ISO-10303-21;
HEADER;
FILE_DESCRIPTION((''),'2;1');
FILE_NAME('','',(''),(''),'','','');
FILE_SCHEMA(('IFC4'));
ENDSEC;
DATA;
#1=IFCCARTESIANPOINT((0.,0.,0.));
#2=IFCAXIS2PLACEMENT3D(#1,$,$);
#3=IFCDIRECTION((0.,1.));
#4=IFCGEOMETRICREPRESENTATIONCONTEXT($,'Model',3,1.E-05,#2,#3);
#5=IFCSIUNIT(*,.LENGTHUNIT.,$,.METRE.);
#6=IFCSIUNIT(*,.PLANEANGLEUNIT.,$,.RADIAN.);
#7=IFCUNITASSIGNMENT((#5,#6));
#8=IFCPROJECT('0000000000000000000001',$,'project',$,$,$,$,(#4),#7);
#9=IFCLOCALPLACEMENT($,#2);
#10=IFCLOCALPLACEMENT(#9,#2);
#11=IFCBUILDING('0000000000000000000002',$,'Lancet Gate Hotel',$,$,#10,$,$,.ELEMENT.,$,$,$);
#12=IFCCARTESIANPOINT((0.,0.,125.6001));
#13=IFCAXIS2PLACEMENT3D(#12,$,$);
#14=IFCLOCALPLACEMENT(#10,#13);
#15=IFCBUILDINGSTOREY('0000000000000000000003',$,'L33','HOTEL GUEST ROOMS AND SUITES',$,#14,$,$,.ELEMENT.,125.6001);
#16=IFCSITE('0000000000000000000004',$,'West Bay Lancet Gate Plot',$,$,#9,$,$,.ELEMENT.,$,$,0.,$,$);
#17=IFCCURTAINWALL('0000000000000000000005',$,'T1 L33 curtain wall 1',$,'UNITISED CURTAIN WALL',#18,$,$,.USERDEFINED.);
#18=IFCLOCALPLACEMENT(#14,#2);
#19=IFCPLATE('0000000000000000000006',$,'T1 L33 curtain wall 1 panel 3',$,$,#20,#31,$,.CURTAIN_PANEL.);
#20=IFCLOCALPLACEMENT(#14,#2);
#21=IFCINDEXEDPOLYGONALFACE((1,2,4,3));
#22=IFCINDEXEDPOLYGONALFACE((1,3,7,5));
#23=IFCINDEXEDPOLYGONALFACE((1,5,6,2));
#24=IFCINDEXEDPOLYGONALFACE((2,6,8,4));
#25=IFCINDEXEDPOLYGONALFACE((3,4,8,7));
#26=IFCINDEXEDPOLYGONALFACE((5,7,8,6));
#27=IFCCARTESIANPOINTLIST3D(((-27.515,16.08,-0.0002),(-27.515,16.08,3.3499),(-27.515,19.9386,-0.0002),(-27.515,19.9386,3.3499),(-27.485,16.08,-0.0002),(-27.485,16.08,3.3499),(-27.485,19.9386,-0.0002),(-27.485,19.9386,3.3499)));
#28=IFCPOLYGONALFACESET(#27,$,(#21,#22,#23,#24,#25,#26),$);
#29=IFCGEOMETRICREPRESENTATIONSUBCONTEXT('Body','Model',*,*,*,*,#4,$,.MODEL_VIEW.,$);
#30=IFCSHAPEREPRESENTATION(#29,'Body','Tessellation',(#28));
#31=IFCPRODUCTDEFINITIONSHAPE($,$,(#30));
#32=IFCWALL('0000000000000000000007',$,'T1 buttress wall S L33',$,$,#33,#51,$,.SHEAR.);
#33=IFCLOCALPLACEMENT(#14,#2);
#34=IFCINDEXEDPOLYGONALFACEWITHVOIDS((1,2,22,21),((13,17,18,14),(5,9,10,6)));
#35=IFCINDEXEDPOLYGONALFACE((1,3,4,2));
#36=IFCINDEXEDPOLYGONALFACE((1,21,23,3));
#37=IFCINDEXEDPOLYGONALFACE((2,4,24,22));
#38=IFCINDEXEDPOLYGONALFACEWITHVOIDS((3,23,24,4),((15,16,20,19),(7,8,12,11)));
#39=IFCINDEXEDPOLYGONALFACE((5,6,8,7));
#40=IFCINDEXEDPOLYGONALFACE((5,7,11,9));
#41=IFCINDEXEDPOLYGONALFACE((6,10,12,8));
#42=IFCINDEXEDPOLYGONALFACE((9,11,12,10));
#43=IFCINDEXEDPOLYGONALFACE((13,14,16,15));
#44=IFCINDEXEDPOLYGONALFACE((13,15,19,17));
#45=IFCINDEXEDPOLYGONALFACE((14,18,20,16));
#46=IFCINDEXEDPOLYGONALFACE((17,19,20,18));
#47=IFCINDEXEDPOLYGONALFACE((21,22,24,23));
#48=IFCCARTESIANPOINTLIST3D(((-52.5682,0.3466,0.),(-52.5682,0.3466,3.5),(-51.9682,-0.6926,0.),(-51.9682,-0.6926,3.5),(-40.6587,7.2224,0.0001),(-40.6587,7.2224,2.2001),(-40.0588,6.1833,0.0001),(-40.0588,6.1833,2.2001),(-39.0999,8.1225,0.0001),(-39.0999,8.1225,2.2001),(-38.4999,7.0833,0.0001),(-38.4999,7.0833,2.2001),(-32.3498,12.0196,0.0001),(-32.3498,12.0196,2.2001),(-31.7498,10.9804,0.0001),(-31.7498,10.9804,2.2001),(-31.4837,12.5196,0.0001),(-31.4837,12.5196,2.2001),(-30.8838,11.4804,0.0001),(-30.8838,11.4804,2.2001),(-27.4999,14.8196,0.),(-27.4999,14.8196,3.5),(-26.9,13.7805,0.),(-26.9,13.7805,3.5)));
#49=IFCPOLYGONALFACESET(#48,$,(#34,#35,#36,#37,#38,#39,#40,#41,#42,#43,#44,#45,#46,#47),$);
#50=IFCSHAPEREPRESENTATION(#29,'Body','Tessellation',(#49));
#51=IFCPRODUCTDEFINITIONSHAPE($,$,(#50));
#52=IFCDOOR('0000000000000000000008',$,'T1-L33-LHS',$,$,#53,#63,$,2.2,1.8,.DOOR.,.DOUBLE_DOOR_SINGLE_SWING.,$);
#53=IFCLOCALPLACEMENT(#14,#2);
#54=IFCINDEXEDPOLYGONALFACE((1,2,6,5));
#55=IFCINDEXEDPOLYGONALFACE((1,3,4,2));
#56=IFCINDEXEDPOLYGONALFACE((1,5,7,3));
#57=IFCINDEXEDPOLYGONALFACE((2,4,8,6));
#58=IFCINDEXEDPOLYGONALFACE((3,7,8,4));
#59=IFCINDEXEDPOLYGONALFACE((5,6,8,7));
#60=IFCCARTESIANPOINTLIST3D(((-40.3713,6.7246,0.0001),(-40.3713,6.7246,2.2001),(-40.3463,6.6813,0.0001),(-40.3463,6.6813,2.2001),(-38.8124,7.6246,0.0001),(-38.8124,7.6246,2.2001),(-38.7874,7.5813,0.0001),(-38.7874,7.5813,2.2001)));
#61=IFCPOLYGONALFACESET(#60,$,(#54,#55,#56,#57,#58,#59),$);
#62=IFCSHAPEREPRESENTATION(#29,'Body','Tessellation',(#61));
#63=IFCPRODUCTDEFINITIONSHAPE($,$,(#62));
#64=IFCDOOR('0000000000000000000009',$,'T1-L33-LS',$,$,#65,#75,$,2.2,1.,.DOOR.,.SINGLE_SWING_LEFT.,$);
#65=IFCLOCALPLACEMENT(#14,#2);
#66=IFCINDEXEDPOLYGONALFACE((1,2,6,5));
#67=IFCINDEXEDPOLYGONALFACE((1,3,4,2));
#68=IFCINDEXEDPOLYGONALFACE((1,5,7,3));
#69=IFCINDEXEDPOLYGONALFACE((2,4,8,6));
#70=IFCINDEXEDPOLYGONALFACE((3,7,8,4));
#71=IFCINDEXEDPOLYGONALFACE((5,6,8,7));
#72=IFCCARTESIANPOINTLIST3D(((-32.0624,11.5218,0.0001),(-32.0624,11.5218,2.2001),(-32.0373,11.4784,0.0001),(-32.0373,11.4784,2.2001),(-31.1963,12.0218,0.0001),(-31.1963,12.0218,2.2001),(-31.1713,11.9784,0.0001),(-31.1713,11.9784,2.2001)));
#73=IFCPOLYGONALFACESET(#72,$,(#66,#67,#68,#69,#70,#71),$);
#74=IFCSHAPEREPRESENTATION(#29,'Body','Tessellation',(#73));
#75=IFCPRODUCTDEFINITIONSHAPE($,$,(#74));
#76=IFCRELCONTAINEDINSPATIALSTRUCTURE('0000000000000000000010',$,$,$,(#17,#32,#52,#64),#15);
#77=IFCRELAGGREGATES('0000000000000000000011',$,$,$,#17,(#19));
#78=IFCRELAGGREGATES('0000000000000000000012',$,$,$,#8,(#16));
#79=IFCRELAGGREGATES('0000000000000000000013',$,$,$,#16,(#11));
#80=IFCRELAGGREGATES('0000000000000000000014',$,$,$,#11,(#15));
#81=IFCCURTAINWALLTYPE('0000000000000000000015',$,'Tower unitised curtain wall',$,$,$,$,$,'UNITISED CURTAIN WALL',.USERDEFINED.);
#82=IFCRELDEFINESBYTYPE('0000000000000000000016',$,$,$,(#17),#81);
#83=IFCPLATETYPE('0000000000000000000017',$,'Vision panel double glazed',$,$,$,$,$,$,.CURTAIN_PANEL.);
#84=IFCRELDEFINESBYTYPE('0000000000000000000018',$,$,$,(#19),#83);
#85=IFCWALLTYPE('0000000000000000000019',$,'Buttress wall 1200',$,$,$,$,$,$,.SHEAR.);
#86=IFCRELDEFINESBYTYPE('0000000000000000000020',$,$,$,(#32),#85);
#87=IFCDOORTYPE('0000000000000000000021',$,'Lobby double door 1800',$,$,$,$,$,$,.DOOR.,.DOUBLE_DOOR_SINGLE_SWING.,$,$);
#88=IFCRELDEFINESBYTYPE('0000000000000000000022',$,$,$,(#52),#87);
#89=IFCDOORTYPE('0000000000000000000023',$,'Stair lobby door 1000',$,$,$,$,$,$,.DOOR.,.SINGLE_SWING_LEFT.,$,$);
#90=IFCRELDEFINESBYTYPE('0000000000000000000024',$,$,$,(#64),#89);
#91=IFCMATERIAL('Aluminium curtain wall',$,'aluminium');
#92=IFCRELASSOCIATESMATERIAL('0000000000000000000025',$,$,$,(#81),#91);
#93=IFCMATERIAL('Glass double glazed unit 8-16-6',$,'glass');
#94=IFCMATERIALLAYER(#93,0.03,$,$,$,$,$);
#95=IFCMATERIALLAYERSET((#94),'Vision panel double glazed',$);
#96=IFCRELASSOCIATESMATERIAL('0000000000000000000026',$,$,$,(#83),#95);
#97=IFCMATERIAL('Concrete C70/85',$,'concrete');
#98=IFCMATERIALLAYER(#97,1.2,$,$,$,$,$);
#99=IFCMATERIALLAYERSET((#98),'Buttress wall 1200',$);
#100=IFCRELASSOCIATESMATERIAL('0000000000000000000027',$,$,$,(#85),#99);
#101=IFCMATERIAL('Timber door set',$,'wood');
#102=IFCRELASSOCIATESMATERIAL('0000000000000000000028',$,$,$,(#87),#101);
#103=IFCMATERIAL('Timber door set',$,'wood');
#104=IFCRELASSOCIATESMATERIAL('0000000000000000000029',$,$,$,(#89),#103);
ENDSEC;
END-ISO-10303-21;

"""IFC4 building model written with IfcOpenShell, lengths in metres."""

from ifc_helpers import new_model, si_unit, direction, frame, frame_2d, origin, origin_2d, place, context, subcontext, project, spatial, rectangle, extrude, material, layer, layer_set, type_object, element, fill, aggregate, save


model = new_model("IFC4")

# Units and contexts
model_context = context("Model", 3, precision=1e-05, world=origin(), true_north=direction((0.0, 1.0)))
body_context = subcontext(model_context, "Body", "Model", "MODEL_VIEW")
ifc_project = project(units=[si_unit("LENGTHUNIT", "METRE"), si_unit("PLANEANGLEUNIT", "RADIAN")], contexts=[model_context])

# Site, building, storey
site_placement = place(None, origin())
site = spatial("IfcSite", under=ifc_project, at=site_placement, Name="West Bay Lancet Gate Plot", CompositionType="ELEMENT", RefElevation=0.0)
building_placement = place(site_placement, origin())
building = spatial("IfcBuilding", under=site, at=building_placement, Name="Lancet Gate Hotel", CompositionType="ELEMENT")
storey_placement = place(building_placement, frame((0.0, 0.0, 125.6001)))
storey = spatial("IfcBuildingStorey", under=building, at=storey_placement, Name="L33", Description="HOTEL GUEST ROOMS AND SUITES", CompositionType="ELEMENT", Elevation=125.6001)

# Curtain wall
ifc_material_1 = material(Name="Aluminium curtain wall", Category="aluminium")
curtain_wall_type = type_object("IfcCurtainWallType", Name="Tower unitised curtain wall", ElementType="UNITISED CURTAIN WALL", PredefinedType="USERDEFINED", material=ifc_material_1)
curtain_wall_placement = place(storey_placement, origin())
curtain_wall = element("IfcCurtainWall", 1, at=curtain_wall_placement, inside=storey, type_object=curtain_wall_type, Name="T1 L33 curtain wall 1", ObjectType="UNITISED CURTAIN WALL", PredefinedType="USERDEFINED")

# Plate
ifc_material_2 = material(Name="Glass double glazed unit 8-16-6", Category="glass")
ifc_layer_1 = layer(ifc_material_2, 0.03)
ifc_layer_set_1 = layer_set([ifc_layer_1], Name="Vision panel double glazed")
plate_type = type_object("IfcPlateType", Name="Vision panel double glazed", PredefinedType="CURTAIN_PANEL", material=ifc_layer_set_1)
plate_1_placement = place(storey_placement, frame((-27.5, 18.0093, -0.0002), z_axis=(0.0, 0.0, 1.0), x_axis=(0.0, 1.0, 0.0)))
plate_1 = element("IfcPlate", 2, at=plate_1_placement, type_object=plate_type, Name="T1 L33 curtain wall 1 panel 3", PredefinedType="CURTAIN_PANEL", context=body_context, shape_type="SweptSolid", body=[
    extrude(rectangle(XDim=3.8586, YDim=0.03, at=origin_2d()), origin(), (0.0, 0.0, 1.0), 3.3501),
])
aggregate(curtain_wall, [plate_1])

# Wall, openings, doors
ifc_material_3 = material(Name="Concrete C70/85", Category="concrete")
ifc_layer_2 = layer(ifc_material_3, 1.2)
ifc_layer_set_2 = layer_set([ifc_layer_2], Name="Buttress wall 1200")
wall_type = type_object("IfcWallType", Name="Buttress wall 1200", PredefinedType="SHEAR", material=ifc_layer_set_2)
wall_placement = place(storey_placement, frame((-27.2, 14.3, 0.0), z_axis=(0.0, 0.0, 1.0), x_axis=(-0.866027, -0.499998, 0.0)))
wall = element("IfcWall", 3, at=wall_placement, inside=storey, type_object=wall_type, Name="T1 buttress wall S L33", PredefinedType="SHEAR", context=body_context, shape_type="SweptSolid", body=[
    extrude(rectangle(XDim=28.9463, YDim=1.2, at=frame_2d((14.4731, 0.0))), origin(), (0.0, 0.0, 1.0), 3.5),
])
opening_1_placement = place(wall_placement, frame((4.6001, 0.0, 0.0)))
opening_1 = element("IfcOpeningElement", 4, at=opening_1_placement, cuts=wall, PredefinedType="OPENING", context=body_context, shape_type="SweptSolid", body=[
    extrude(rectangle(XDim=1.0, YDim=2.2, at=frame_2d((0.5, 1.1001))), frame((0.0, 0.6099, 0.0), z_axis=(0.0, -1.0, 0.0), x_axis=(1.0, 0.0, 0.0)), (0.0, 0.0, 1.0), 1.22),
])
opening_2_placement = place(wall_placement, frame((13.3945, 0.0, 0.0)))
opening_2 = element("IfcOpeningElement", 5, at=opening_2_placement, cuts=wall, PredefinedType="OPENING", context=body_context, shape_type="SweptSolid", body=[
    extrude(rectangle(XDim=1.8, YDim=2.2, at=frame_2d((0.8999, 1.1001))), frame((0.0, 0.6099, 0.0), z_axis=(0.0, -1.0, 0.0), x_axis=(1.0, 0.0, 0.0)), (0.0, 0.0, 1.0), 1.22),
])
ifc_material_4 = material(Name="Timber door set", Category="wood")
door_type_1 = type_object("IfcDoorType", Name="Lobby double door 1800", OperationType="DOUBLE_DOOR_SINGLE_SWING", PredefinedType="DOOR", material=ifc_material_4)
door_1_placement = place(opening_2_placement, origin())
door_1 = element("IfcDoor", 6, at=door_1_placement, inside=storey, type_object=door_type_1, Name="T1-L33-LHS", OperationType="DOUBLE_DOOR_SINGLE_SWING", OverallHeight=2.2, OverallWidth=1.8, PredefinedType="DOOR", context=body_context, shape_type="SweptSolid", body=[
    extrude(rectangle(XDim=1.8, YDim=2.2, at=frame_2d((0.8999, 1.1001))), frame((0.0, 0.0249, 0.0), z_axis=(0.0, -1.0, 0.0), x_axis=(1.0, 0.0, 0.0)), (0.0, 0.0, 1.0), 0.05),
])
fill(opening_2, door_1)
ifc_material_5 = material(Name="Timber door set", Category="wood")
door_type_2 = type_object("IfcDoorType", Name="Stair lobby door 1000", OperationType="SINGLE_SWING_LEFT", PredefinedType="DOOR", material=ifc_material_5)
door_2_placement = place(opening_1_placement, origin())
door_2 = element("IfcDoor", 7, at=door_2_placement, inside=storey, type_object=door_type_2, Name="T1-L33-LS", OperationType="SINGLE_SWING_LEFT", OverallHeight=2.2, OverallWidth=1.0, PredefinedType="DOOR", context=body_context, shape_type="SweptSolid", body=[
    extrude(rectangle(XDim=1.0, YDim=2.2, at=frame_2d((0.5, 1.1001))), frame((0.0, 0.0249, 0.0), z_axis=(0.0, -1.0, 0.0), x_axis=(1.0, 0.0, 0.0)), (0.0, 0.0, 1.0), 0.05),
])
fill(opening_1, door_2)

save(model, "model.ifc")
